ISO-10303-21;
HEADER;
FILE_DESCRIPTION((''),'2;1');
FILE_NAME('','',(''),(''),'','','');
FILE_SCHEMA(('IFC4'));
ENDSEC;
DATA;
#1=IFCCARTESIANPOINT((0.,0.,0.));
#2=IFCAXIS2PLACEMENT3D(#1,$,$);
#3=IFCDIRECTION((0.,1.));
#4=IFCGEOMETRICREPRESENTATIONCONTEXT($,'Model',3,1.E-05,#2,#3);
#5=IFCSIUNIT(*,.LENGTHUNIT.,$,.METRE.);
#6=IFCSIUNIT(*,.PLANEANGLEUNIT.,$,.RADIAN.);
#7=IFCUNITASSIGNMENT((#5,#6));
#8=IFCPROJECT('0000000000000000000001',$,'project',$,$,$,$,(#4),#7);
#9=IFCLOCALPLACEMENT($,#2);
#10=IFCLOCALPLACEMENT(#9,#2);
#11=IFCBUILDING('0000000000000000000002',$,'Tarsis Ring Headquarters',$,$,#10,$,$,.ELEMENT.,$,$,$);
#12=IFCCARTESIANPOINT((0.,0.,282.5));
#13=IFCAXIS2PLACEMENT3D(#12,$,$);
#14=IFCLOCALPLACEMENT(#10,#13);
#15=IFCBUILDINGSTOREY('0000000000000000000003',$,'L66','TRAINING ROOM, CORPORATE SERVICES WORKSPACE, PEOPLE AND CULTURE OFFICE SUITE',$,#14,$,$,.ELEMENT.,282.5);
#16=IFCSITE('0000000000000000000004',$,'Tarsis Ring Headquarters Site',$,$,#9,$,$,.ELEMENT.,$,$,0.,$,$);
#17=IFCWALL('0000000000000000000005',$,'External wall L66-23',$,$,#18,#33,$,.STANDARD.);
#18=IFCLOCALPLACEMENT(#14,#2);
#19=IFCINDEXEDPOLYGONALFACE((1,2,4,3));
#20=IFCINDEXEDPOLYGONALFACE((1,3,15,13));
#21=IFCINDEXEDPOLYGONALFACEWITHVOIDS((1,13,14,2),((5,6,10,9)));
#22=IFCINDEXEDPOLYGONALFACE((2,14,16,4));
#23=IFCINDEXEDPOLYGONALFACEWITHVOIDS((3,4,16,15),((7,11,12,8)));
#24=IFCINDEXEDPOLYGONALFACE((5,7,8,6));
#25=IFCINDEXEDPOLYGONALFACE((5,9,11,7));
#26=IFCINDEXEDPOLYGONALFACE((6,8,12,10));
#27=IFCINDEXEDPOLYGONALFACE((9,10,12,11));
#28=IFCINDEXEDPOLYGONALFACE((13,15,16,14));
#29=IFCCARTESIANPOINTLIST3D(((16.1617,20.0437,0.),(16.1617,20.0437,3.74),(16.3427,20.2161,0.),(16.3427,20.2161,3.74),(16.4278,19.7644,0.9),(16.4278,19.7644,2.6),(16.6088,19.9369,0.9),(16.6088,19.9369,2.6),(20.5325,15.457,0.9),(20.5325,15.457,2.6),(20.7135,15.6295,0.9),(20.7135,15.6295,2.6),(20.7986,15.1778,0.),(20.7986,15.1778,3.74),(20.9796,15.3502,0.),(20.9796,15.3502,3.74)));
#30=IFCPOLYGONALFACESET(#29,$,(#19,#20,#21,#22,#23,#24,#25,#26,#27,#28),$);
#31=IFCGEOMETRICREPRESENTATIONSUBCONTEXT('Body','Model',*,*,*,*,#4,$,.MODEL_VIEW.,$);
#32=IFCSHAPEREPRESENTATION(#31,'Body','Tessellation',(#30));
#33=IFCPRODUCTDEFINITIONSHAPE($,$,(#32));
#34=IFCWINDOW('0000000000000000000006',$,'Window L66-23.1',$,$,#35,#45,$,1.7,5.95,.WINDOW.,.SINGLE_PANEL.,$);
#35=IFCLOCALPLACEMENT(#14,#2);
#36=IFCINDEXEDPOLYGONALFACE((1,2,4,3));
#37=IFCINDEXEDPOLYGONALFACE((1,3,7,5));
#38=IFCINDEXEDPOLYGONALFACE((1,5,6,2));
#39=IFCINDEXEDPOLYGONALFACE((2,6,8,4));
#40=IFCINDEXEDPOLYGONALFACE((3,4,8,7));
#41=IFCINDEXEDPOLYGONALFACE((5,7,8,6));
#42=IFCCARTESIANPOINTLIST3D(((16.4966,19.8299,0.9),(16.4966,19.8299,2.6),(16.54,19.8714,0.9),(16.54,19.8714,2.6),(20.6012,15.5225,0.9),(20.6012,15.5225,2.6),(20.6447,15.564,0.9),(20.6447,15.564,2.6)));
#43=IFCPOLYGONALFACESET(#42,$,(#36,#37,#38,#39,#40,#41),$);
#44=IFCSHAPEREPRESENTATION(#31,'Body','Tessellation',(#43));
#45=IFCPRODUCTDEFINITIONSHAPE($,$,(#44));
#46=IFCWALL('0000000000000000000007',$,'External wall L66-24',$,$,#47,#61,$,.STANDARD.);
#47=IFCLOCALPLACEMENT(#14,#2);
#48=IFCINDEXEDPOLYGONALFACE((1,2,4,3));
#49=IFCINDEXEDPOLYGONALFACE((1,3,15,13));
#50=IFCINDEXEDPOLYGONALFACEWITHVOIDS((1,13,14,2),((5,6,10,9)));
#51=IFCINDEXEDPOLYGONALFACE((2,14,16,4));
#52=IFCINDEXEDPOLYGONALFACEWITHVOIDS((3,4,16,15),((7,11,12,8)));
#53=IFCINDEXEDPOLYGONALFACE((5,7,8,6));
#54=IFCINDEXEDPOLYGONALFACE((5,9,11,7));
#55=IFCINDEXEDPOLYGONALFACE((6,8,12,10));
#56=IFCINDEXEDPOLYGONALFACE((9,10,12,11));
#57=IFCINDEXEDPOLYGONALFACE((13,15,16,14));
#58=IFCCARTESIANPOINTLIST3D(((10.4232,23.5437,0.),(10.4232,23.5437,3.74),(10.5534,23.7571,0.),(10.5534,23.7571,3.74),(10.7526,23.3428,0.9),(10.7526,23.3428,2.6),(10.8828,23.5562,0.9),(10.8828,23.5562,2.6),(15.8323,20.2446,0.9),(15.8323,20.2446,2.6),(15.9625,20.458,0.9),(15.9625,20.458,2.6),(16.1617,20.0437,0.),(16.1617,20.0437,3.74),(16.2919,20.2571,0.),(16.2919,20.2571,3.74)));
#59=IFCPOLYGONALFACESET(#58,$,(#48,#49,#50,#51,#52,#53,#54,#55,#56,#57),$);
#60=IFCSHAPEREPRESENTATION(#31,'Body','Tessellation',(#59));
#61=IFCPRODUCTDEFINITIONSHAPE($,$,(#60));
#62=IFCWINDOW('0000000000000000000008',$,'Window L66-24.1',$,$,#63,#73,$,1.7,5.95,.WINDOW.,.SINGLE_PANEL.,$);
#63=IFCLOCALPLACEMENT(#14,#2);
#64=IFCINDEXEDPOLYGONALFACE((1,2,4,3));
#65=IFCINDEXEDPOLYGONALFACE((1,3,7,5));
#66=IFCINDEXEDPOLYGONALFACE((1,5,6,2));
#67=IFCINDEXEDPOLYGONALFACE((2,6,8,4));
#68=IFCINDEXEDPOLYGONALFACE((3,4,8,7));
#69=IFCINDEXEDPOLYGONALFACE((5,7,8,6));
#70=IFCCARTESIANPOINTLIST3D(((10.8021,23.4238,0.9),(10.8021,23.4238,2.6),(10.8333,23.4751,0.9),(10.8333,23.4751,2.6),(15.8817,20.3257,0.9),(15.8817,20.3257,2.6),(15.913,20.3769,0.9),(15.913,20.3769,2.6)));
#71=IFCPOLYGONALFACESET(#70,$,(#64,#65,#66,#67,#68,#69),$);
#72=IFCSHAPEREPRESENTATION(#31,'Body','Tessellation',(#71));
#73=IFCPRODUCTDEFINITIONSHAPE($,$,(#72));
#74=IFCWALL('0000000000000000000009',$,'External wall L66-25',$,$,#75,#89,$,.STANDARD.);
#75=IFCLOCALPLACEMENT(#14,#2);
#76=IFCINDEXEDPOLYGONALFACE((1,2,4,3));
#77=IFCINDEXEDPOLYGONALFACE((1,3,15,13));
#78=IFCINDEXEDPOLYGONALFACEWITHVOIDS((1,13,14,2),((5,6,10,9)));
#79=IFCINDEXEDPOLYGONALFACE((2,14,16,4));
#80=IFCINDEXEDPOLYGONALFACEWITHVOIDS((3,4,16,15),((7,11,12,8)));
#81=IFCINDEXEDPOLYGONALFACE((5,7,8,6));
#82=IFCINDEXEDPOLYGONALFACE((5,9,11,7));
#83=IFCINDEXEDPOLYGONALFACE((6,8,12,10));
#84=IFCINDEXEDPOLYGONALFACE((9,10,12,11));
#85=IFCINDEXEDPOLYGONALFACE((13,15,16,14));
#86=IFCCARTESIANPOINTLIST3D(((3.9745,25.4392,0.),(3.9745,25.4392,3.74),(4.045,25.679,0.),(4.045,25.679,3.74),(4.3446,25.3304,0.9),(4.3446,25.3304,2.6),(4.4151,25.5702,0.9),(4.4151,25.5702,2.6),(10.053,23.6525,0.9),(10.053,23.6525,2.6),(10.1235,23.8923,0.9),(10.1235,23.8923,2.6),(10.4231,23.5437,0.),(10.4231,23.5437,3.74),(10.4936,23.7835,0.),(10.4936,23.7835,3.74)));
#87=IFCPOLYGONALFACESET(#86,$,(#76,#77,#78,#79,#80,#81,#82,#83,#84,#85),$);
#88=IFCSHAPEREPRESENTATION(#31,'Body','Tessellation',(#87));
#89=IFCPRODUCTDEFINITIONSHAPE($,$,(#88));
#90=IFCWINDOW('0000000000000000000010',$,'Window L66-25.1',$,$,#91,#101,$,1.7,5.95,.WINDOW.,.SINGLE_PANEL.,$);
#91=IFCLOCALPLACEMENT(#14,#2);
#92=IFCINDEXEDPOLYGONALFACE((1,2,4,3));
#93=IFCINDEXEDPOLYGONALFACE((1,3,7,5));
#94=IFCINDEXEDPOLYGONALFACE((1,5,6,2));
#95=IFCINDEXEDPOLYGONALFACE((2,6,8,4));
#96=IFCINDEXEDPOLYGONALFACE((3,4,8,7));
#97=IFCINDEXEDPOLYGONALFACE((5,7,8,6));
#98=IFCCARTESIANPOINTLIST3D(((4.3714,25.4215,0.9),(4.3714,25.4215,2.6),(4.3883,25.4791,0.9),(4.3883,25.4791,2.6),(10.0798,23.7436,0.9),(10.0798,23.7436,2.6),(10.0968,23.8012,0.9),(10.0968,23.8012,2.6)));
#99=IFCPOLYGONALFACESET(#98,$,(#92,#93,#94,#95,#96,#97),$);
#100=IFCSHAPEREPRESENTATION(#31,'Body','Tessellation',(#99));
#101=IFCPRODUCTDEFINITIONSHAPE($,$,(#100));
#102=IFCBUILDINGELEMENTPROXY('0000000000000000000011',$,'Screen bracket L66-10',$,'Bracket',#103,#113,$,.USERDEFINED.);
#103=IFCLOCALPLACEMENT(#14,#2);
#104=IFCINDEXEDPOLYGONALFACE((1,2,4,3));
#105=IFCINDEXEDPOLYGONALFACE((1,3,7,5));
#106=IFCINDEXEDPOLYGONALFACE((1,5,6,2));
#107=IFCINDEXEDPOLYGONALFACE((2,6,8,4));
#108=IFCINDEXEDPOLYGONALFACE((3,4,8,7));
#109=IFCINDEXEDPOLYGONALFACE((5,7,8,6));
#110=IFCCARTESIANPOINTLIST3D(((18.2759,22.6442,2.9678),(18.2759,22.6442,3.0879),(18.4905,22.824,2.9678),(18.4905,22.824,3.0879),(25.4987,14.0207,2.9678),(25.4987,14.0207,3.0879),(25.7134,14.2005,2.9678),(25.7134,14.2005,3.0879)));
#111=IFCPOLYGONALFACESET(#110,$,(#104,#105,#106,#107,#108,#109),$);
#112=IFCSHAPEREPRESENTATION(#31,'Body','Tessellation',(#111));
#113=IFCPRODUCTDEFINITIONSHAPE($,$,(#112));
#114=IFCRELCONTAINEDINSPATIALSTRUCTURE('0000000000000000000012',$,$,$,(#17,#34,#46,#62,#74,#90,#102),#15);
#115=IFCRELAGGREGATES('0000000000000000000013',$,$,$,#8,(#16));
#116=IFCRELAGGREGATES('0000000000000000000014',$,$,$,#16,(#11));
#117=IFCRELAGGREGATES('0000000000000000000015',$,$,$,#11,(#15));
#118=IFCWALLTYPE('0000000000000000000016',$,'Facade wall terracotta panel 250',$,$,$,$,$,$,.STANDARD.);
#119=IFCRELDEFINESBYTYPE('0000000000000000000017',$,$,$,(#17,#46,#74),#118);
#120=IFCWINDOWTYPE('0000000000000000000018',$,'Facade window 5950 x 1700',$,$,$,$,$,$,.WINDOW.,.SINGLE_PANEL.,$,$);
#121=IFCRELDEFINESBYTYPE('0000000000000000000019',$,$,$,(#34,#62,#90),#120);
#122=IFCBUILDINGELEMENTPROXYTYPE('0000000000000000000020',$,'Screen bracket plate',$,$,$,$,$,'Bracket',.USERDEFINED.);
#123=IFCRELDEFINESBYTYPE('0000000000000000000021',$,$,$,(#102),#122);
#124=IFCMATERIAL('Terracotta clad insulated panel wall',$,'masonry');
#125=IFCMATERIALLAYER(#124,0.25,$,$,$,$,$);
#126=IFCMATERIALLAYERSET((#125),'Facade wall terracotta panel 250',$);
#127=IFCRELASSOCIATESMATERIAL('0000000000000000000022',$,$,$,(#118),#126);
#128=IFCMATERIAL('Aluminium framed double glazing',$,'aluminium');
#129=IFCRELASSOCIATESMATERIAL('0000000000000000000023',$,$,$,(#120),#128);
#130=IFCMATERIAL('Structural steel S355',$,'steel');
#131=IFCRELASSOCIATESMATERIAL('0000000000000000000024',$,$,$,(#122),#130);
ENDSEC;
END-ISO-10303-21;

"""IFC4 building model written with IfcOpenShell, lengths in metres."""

from ifc_helpers import new_model, si_unit, direction, frame, frame_2d, origin, origin_2d, place, context, subcontext, project, spatial, rectangle, extrude, material, layer, layer_set, type_object, element, fill, save


model = new_model("IFC4")

# Units and contexts
model_context = context("Model", 3, precision=1e-05, world=origin(), true_north=direction((0.0, 1.0)))
body_context = subcontext(model_context, "Body", "Model", "MODEL_VIEW")
ifc_project = project(units=[si_unit("LENGTHUNIT", "METRE"), si_unit("PLANEANGLEUNIT", "RADIAN")], contexts=[model_context])

# Site, building, storey
site_placement = place(None, origin())
site = spatial("IfcSite", under=ifc_project, at=site_placement, Name="Tarsis Ring Headquarters Site", CompositionType="ELEMENT", RefElevation=0.0)
building_placement = place(site_placement, origin())
building = spatial("IfcBuilding", under=site, at=building_placement, Name="Tarsis Ring Headquarters", CompositionType="ELEMENT")
storey_placement = place(building_placement, frame((0.0, 0.0, 282.5)))
storey = spatial("IfcBuildingStorey", under=building, at=storey_placement, Name="L66", Description="TRAINING ROOM, CORPORATE SERVICES WORKSPACE, PEOPLE AND CULTURE OFFICE SUITE", CompositionType="ELEMENT", Elevation=282.5)

# Shared definitions
ifc_material_1 = material(Name="Structural steel S355", Category="steel")

# Walls, openings, windows
ifc_material_2 = material(Name="Terracotta clad insulated panel wall", Category="masonry")
ifc_layer_1 = layer(ifc_material_2, 0.25)
ifc_layer_set_1 = layer_set([ifc_layer_1], Name="Facade wall terracotta panel 250")
wall_type_1 = type_object("IfcWallType", Name="Facade wall terracotta panel 250", PredefinedType="STANDARD", material=ifc_layer_set_1)
wall_1_placement = place(storey_placement, frame((20.8892, 15.2639, 0.0), z_axis=(0.0, 0.0, 1.0), x_axis=(-0.689866, 0.723937, 0.0)))
wall_1 = element("IfcWall", 1, at=wall_1_placement, inside=storey, type_object=wall_type_1, Name="External wall L66-23", PredefinedType="STANDARD", context=body_context, shape_type="SweptSolid", body=[
    extrude(rectangle(XDim=6.7214, YDim=0.25, at=frame_2d((3.3608, 0.0))), origin(), (0.0, 0.0, 1.0), 3.74),
])
opening_1_placement = place(wall_1_placement, frame((0.3857, 0.0, 0.8999)))
opening_1 = element("IfcOpeningElement", 2, at=opening_1_placement, cuts=wall_1, PredefinedType="OPENING", context=body_context, shape_type="SweptSolid", body=[
    extrude(rectangle(XDim=5.95, YDim=1.7, at=frame_2d((2.9751, 0.8501))), frame((0.0, 0.135, 0.0), z_axis=(0.0, -1.0, 0.0), x_axis=(1.0, 0.0, 0.0)), (0.0, 0.0, 1.0), 0.27),
])
ifc_material_3 = material(Name="Aluminium framed double glazing", Category="aluminium")
window_type = type_object("IfcWindowType", Name="Facade window 5950 x 1700", PartitioningType="SINGLE_PANEL", PredefinedType="WINDOW", material=ifc_material_3)
window_1_placement = place(opening_1_placement, origin())
window_1 = element("IfcWindow", 3, at=window_1_placement, inside=storey, type_object=window_type, Name="Window L66-23.1", OverallHeight=1.7, OverallWidth=5.95, PartitioningType="SINGLE_PANEL", PredefinedType="WINDOW", context=body_context, shape_type="SweptSolid", body=[
    extrude(rectangle(XDim=5.95, YDim=1.7, at=frame_2d((2.9751, 0.8501))), frame((0.0, 0.03, 0.0), z_axis=(0.0, -1.0, 0.0), x_axis=(1.0, 0.0, 0.0)), (0.0, 0.0, 1.0), 0.0601),
])
fill(opening_1, window_1)
wall_2_placement = place(storey_placement, frame((16.2268, 20.1504, 0.0), z_axis=(0.0, 0.0, 1.0), x_axis=(-0.853737, 0.520705, 0.0)))
wall_2 = element("IfcWall", 4, at=wall_2_placement, inside=storey, type_object=wall_type_1, Name="External wall L66-24", PredefinedType="STANDARD", context=body_context, shape_type="SweptSolid", body=[
    extrude(rectangle(XDim=6.7217, YDim=0.25, at=frame_2d((3.3608, 0.0))), origin(), (0.0, 0.0, 1.0), 3.74),
])
opening_2_placement = place(wall_2_placement, frame((0.3857, 0.0, 0.8999)))
opening_2 = element("IfcOpeningElement", 5, at=opening_2_placement, cuts=wall_2, PredefinedType="OPENING", context=body_context, shape_type="SweptSolid", body=[
    extrude(rectangle(XDim=5.95, YDim=1.7, at=frame_2d((2.9751, 0.8501))), frame((0.0, 0.135, 0.0), z_axis=(0.0, -1.0, 0.0), x_axis=(1.0, 0.0, 0.0)), (0.0, 0.0, 1.0), 0.27),
])
window_2_placement = place(opening_2_placement, origin())
window_2 = element("IfcWindow", 6, at=window_2_placement, inside=storey, type_object=window_type, Name="Window L66-24.1", OverallHeight=1.7, OverallWidth=5.95, PartitioningType="SINGLE_PANEL", PredefinedType="WINDOW", context=body_context, shape_type="SweptSolid", body=[
    extrude(rectangle(XDim=5.95, YDim=1.7, at=frame_2d((2.9751, 0.8501))), frame((0.0, 0.03, 0.0), z_axis=(0.0, -1.0, 0.0), x_axis=(1.0, 0.0, 0.0)), (0.0, 0.0, 1.0), 0.0601),
])
fill(opening_2, window_2)
wall_3_placement = place(storey_placement, frame((10.4585, 23.6636, 0.0), z_axis=(0.0, 0.0, 1.0), x_axis=(-0.959413, 0.282005, 0.0)))
wall_3 = element("IfcWall", 7, at=wall_3_placement, inside=storey, type_object=wall_type_1, Name="External wall L66-25", PredefinedType="STANDARD", context=body_context, shape_type="SweptSolid", body=[
    extrude(rectangle(XDim=6.7214, YDim=0.25, at=frame_2d((3.3608, 0.0))), origin(), (0.0, 0.0, 1.0), 3.74),
])
opening_3_placement = place(wall_3_placement, frame((0.3857, 0.0, 0.8999)))
opening_3 = element("IfcOpeningElement", 8, at=opening_3_placement, cuts=wall_3, PredefinedType="OPENING", context=body_context, shape_type="SweptSolid", body=[
    extrude(rectangle(XDim=5.95, YDim=1.7, at=frame_2d((2.9751, 0.8501))), frame((0.0, 0.135, 0.0), z_axis=(0.0, -1.0, 0.0), x_axis=(1.0, 0.0, 0.0)), (0.0, 0.0, 1.0), 0.27),
])
window_3_placement = place(opening_3_placement, origin())
window_3 = element("IfcWindow", 9, at=window_3_placement, inside=storey, type_object=window_type, Name="Window L66-25.1", OverallHeight=1.7, OverallWidth=5.95, PartitioningType="SINGLE_PANEL", PredefinedType="WINDOW", context=body_context, shape_type="SweptSolid", body=[
    extrude(rectangle(XDim=5.95, YDim=1.7, at=frame_2d((2.9751, 0.8501))), frame((0.0, 0.03, 0.0), z_axis=(0.0, -1.0, 0.0), x_axis=(1.0, 0.0, 0.0)), (0.0, 0.0, 1.0), 0.0601),
])
fill(opening_3, window_3)

# Building element proxy
building_element_proxy_type = type_object("IfcBuildingElementProxyType", Name="Screen bracket plate", ElementType="Bracket", PredefinedType="USERDEFINED", material=ifc_material_1)
proxy_placement = place(storey_placement, frame((21.9946, 18.4224, 2.9678), z_axis=(0.0, 0.0, 1.0), x_axis=(-0.642102, 0.766619, 0.0)))
element("IfcBuildingElementProxy", 10, at=proxy_placement, inside=storey, type_object=building_element_proxy_type, Name="Screen bracket L66-10", ObjectType="Bracket", PredefinedType="USERDEFINED", context=body_context, shape_type="SweptSolid", body=[
    extrude(rectangle(XDim=11.2488, YDim=0.28, at=origin_2d()), origin(), (0.0, 0.0, 1.0), 0.1201),
])

save(model, "model.ifc")
